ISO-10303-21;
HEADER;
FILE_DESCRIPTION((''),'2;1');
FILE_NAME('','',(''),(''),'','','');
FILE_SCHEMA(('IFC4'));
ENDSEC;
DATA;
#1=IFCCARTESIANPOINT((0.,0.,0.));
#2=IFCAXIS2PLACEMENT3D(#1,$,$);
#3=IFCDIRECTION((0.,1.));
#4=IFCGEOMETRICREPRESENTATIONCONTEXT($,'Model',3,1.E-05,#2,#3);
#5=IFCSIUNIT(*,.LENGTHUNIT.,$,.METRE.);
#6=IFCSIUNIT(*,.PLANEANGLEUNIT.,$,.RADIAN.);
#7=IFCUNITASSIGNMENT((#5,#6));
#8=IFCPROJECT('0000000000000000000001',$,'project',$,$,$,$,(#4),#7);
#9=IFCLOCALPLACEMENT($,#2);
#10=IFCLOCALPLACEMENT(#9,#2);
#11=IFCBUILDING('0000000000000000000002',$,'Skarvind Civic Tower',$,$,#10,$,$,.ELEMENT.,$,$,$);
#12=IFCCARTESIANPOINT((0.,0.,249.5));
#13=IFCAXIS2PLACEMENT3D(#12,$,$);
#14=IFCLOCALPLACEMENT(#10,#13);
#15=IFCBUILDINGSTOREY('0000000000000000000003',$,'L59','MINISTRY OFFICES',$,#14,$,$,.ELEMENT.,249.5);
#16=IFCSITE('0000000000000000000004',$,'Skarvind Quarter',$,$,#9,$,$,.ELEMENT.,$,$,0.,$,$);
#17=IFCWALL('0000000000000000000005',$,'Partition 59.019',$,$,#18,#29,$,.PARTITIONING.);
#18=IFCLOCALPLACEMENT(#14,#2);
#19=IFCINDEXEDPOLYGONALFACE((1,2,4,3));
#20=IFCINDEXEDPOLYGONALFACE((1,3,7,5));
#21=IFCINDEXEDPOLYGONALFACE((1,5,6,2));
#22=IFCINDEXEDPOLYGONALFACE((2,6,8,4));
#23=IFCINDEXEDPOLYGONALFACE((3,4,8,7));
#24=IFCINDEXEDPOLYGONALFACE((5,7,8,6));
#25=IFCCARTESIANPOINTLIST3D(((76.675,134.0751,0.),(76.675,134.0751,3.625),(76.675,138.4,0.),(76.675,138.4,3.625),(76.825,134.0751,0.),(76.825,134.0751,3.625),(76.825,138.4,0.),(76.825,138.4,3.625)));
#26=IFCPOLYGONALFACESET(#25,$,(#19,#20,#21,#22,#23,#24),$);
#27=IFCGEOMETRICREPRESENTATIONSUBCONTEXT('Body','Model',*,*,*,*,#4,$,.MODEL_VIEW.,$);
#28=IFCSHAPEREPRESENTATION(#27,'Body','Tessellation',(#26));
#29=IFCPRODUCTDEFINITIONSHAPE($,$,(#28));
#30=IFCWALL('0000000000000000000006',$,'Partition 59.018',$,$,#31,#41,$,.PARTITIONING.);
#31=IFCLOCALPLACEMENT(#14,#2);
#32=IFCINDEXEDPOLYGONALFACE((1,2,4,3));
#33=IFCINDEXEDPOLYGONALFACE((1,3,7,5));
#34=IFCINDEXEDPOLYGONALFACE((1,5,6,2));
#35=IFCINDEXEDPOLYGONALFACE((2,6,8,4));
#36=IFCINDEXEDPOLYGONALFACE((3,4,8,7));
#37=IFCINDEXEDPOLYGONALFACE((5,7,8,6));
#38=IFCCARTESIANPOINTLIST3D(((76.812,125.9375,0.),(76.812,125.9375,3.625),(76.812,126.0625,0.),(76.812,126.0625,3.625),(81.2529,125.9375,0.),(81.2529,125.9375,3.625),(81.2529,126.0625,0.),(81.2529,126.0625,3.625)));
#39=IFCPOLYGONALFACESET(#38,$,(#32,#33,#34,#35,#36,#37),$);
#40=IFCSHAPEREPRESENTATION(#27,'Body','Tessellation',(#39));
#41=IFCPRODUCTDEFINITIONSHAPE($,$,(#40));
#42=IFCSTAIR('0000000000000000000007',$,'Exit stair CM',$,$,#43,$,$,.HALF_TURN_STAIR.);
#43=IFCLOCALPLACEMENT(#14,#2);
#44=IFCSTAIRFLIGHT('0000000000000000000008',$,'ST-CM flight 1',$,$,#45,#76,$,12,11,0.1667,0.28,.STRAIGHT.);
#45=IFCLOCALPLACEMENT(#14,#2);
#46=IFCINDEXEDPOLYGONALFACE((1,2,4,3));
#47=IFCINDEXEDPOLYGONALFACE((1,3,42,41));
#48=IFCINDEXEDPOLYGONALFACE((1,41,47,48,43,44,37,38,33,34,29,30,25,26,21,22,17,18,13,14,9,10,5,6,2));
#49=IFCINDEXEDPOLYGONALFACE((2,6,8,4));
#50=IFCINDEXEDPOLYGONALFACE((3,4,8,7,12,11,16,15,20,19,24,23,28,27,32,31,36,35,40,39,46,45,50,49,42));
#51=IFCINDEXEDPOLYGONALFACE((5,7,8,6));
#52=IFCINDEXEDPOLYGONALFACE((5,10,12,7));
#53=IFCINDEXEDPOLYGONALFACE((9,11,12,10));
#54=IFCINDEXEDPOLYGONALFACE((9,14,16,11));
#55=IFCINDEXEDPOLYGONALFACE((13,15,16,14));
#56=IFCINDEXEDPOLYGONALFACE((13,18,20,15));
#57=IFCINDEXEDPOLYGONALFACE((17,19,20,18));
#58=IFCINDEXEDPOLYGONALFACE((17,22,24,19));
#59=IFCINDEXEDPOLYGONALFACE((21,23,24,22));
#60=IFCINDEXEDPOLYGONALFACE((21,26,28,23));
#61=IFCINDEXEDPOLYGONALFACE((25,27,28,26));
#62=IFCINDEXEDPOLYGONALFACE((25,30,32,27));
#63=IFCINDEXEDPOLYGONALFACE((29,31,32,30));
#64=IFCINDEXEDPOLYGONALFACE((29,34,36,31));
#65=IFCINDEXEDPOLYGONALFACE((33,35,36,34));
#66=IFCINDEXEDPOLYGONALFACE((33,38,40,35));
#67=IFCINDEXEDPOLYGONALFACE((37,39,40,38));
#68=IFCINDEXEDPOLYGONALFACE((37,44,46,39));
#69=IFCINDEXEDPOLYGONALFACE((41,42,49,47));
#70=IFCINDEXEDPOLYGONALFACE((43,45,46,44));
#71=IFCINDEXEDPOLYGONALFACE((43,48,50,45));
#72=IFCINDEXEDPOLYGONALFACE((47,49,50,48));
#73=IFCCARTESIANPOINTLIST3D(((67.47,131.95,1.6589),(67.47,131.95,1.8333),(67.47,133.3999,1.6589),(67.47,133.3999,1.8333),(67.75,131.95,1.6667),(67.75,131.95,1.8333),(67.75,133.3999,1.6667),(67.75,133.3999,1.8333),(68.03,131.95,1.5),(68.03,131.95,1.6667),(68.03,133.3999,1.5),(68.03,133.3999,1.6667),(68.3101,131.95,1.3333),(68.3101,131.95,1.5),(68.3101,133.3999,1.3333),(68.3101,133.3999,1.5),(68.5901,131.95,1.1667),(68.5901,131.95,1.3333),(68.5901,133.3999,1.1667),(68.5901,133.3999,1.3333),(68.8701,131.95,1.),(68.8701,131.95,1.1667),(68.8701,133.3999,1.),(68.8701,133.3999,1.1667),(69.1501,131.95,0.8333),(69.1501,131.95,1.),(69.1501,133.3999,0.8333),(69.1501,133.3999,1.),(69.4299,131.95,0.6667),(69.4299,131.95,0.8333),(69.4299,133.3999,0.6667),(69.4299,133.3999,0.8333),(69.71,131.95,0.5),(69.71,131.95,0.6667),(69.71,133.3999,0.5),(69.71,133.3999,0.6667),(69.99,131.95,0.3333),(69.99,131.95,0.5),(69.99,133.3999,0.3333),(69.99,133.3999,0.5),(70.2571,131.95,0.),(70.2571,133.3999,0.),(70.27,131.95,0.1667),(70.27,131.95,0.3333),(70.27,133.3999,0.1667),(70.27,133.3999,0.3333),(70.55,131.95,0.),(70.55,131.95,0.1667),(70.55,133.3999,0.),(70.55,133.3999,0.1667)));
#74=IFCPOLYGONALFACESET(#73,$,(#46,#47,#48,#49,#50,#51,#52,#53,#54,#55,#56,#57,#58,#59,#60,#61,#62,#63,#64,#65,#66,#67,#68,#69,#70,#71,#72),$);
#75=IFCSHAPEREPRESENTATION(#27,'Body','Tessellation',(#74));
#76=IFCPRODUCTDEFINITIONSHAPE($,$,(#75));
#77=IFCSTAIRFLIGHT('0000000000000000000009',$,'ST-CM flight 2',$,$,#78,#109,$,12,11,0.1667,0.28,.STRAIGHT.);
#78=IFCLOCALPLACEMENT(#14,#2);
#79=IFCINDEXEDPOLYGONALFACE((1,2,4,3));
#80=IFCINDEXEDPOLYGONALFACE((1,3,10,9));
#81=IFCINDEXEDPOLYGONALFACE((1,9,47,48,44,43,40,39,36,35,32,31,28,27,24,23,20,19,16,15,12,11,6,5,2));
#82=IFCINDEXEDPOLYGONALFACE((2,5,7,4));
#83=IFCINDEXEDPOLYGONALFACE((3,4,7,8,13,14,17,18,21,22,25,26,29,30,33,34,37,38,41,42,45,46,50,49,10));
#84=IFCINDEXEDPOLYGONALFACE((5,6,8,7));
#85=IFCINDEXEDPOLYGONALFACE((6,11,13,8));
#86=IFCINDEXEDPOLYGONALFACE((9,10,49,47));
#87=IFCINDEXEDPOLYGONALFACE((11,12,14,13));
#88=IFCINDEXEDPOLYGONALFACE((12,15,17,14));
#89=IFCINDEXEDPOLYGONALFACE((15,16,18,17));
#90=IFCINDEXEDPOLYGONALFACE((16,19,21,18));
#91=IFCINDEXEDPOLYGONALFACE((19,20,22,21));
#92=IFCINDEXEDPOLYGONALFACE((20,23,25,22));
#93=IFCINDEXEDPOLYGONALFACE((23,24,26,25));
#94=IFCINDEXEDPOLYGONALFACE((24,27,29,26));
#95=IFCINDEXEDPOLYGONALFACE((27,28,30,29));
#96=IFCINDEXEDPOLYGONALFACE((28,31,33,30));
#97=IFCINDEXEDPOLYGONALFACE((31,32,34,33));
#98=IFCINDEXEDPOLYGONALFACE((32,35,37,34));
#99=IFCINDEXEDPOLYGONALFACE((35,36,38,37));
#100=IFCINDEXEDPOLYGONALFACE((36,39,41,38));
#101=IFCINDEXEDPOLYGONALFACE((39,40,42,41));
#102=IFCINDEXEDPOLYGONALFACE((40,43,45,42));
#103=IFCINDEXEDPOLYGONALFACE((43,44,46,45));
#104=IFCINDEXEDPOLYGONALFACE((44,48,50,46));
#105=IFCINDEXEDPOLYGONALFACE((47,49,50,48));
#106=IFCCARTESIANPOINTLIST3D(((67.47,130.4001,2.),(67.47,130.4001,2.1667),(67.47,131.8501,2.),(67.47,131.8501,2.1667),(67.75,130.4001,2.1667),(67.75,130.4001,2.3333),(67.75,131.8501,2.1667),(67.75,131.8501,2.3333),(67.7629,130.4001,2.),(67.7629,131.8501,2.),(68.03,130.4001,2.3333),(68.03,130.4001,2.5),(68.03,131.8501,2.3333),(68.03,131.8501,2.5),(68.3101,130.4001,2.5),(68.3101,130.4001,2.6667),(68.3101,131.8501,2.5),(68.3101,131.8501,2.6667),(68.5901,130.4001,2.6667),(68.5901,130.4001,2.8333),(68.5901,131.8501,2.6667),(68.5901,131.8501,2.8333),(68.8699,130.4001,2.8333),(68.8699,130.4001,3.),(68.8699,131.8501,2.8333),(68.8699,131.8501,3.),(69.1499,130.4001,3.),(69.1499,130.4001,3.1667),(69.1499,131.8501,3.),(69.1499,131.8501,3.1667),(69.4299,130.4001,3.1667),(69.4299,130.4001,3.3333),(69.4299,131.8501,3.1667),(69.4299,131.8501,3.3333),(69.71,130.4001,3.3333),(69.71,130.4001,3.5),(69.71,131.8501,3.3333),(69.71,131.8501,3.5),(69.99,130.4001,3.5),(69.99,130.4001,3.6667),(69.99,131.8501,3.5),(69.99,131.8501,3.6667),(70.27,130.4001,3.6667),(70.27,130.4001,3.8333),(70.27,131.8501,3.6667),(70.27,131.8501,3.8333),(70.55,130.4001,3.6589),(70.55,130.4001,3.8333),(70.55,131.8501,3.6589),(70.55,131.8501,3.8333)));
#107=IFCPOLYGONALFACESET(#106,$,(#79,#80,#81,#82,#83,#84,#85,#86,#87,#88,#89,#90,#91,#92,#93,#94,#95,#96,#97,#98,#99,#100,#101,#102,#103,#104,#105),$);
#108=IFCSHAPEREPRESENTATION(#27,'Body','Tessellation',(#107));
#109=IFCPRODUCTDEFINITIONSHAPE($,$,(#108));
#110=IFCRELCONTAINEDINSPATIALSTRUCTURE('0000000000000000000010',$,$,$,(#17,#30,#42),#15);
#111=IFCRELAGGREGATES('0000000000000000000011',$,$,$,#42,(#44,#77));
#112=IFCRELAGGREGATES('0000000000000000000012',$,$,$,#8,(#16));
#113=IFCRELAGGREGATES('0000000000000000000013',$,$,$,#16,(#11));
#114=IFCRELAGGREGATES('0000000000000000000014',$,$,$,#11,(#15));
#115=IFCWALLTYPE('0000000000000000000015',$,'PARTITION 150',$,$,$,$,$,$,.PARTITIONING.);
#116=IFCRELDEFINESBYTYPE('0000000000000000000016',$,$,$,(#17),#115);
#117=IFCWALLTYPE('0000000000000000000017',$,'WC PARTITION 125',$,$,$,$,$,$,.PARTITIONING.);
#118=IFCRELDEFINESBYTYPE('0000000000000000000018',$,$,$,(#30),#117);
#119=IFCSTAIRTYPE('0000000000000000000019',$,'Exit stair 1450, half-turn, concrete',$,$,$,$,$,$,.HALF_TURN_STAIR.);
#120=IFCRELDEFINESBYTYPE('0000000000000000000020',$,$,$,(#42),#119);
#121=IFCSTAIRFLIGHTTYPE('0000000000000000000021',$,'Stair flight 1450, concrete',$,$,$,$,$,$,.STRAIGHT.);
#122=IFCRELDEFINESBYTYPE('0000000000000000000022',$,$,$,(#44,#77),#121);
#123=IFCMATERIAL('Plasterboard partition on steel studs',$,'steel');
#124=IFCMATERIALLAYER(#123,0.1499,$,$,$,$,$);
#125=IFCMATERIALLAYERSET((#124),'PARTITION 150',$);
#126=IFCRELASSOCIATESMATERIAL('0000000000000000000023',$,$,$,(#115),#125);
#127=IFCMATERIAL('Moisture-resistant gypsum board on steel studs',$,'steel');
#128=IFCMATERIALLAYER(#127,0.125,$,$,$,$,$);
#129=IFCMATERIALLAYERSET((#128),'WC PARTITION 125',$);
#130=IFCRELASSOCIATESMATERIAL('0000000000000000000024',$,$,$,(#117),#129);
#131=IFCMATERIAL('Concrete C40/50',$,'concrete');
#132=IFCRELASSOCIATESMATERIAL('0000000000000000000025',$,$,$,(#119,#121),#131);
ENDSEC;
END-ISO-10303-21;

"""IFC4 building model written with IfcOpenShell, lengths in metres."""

from ifc_helpers import new_model, si_unit, direction, frame, frame_2d, origin, place, context, subcontext, project, spatial, polyline, rectangle, outline, extrude, material, layer, layer_set, type_object, element, aggregate, save


model = new_model("IFC4")

# Units and contexts
model_context = context("Model", 3, precision=1e-05, world=origin(), true_north=direction((0.0, 1.0)))
body_context = subcontext(model_context, "Body", "Model", "MODEL_VIEW")
ifc_project = project(units=[si_unit("LENGTHUNIT", "METRE"), si_unit("PLANEANGLEUNIT", "RADIAN")], contexts=[model_context])

# Site, building, storey
site_placement = place(None, origin())
site = spatial("IfcSite", under=ifc_project, at=site_placement, Name="Skarvind Quarter", CompositionType="ELEMENT", RefElevation=0.0)
building_placement = place(site_placement, origin())
building = spatial("IfcBuilding", under=site, at=building_placement, Name="Skarvind Civic Tower", CompositionType="ELEMENT")
storey_placement = place(building_placement, frame((0.0, 0.0, 249.5)))
storey = spatial("IfcBuildingStorey", under=building, at=storey_placement, Name="L59", Description="MINISTRY OFFICES", CompositionType="ELEMENT", Elevation=249.5)

# Shared definitions
ifc_material_1 = material(Name="Plasterboard partition on steel studs", Category="steel")
ifc_layer_1 = layer(ifc_material_1, 0.1499)
ifc_layer_set_1 = layer_set([ifc_layer_1], Name="PARTITION 150")
wall_type_1 = type_object("IfcWallType", Name="PARTITION 150", PredefinedType="PARTITIONING", material=ifc_layer_set_1)

# Walls
wall_1_placement = place(storey_placement, frame((76.75, 134.075, 0.0), z_axis=(0.0, 0.0, 1.0), x_axis=(0.0, 1.0, 0.0)))
element("IfcWall", 1, at=wall_1_placement, inside=storey, type_object=wall_type_1, Name="Partition 59.019", PredefinedType="PARTITIONING", context=body_context, shape_type="SweptSolid", body=[
    extrude(rectangle(XDim=4.325, YDim=0.1499, at=frame_2d((2.1626, 0.0))), origin(), (0.0, 0.0, 1.0), 3.625),
])
ifc_material_2 = material(Name="Moisture-resistant gypsum board on steel studs", Category="steel")
ifc_layer_2 = layer(ifc_material_2, 0.125)
ifc_layer_set_2 = layer_set([ifc_layer_2], Name="WC PARTITION 125")
wall_type_2 = type_object("IfcWallType", Name="WC PARTITION 125", PredefinedType="PARTITIONING", material=ifc_layer_set_2)
wall_2_placement = place(storey_placement, frame((76.812, 126.0, 0.0), z_axis=(0.0, 0.0, 1.0), x_axis=(1.0, 0.0, 0.0)))
element("IfcWall", 2, at=wall_2_placement, inside=storey, type_object=wall_type_2, Name="Partition 59.018", PredefinedType="PARTITIONING", context=body_context, shape_type="SweptSolid", body=[
    extrude(rectangle(XDim=4.4409, YDim=0.125, at=frame_2d((2.2205, 0.0))), origin(), (0.0, 0.0, 1.0), 3.625),
])

# Stair, stair flights
ifc_material_3 = material(Name="Concrete C40/50", Category="concrete")
stair_type = type_object("IfcStairType", Name="Exit stair 1450, half-turn, concrete", PredefinedType="HALF_TURN_STAIR", material=ifc_material_3)
stair_placement = place(storey_placement, origin())
stair = element("IfcStair", 3, at=stair_placement, inside=storey, type_object=stair_type, Name="Exit stair CM", PredefinedType="HALF_TURN_STAIR")
stair_flight_type = type_object("IfcStairFlightType", Name="Stair flight 1450, concrete", PredefinedType="STRAIGHT", material=ifc_material_3)
stair_flight_1_placement = place(storey_placement, frame((70.55, 132.675, 0.0), z_axis=(0.0, 0.0, 1.0), x_axis=(-1.0, 0.0, 0.0)))
stair_flight_1 = element("IfcStairFlight", 4, at=stair_flight_1_placement, type_object=stair_flight_type, Name="ST-CM flight 1", NumberOfRisers=12, NumberOfTreads=11, PredefinedType="STRAIGHT", RiserHeight=0.1667, TreadLength=0.28, context=body_context, shape_type="SweptSolid", body=[
    extrude(outline(polyline([(0.0, 0.0), (0.0, 0.1667), (0.28, 0.1667), (0.28, 0.3333), (0.5601, 0.3333), (0.5601, 0.5), (0.8401, 0.5), (0.8401, 0.6667), (1.1201, 0.6667), (1.1201, 0.8333), (1.3999, 0.8333), (1.3999, 1.0), (1.6799, 1.0), (1.6799, 1.1667), (1.96, 1.1667), (1.96, 1.3333), (2.24, 1.3333), (2.24, 1.5), (2.52, 1.5), (2.52, 1.6667), (2.8, 1.6667), (2.8, 1.8333), (3.0801, 1.8333), (3.0801, 2.0), (3.0801, 1.6589), (0.293, 0.0), (0.0, 0.0)])), frame((0.0, 0.7251, 0.0), z_axis=(0.0, -1.0, 0.0), x_axis=(1.0, 0.0, 0.0)), (0.0, 0.0, 1.0), 1.45),
])
stair_flight_2_placement = place(storey_placement, frame((67.47, 131.125, 2.0), z_axis=(0.0, 0.0, 1.0), x_axis=(1.0, 0.0, 0.0)))
stair_flight_2 = element("IfcStairFlight", 5, at=stair_flight_2_placement, type_object=stair_flight_type, Name="ST-CM flight 2", NumberOfRisers=12, NumberOfTreads=11, PredefinedType="STRAIGHT", RiserHeight=0.1667, TreadLength=0.28, context=body_context, shape_type="SweptSolid", body=[
    extrude(outline(polyline([(0.0, 0.0), (0.0, 0.1667), (0.28, 0.1667), (0.28, 0.3333), (0.5601, 0.3333), (0.5601, 0.5), (0.8401, 0.5), (0.8401, 0.6667), (1.1201, 0.6667), (1.1201, 0.8333), (1.3999, 0.8333), (1.3999, 1.0), (1.6799, 1.0), (1.6799, 1.1667), (1.96, 1.1667), (1.96, 1.3333), (2.24, 1.3333), (2.24, 1.5), (2.52, 1.5), (2.52, 1.6667), (2.8, 1.6667), (2.8, 1.8333), (3.0801, 1.8333), (3.0801, 2.0), (3.0801, 1.6589), (0.293, 0.0), (0.0, 0.0)])), frame((0.0, 0.7251, 0.0), z_axis=(0.0, -1.0, 0.0), x_axis=(1.0, 0.0, 0.0)), (0.0, 0.0, 1.0), 1.45),
])
aggregate(stair, [stair_flight_1, stair_flight_2])

save(model, "model.ifc")
